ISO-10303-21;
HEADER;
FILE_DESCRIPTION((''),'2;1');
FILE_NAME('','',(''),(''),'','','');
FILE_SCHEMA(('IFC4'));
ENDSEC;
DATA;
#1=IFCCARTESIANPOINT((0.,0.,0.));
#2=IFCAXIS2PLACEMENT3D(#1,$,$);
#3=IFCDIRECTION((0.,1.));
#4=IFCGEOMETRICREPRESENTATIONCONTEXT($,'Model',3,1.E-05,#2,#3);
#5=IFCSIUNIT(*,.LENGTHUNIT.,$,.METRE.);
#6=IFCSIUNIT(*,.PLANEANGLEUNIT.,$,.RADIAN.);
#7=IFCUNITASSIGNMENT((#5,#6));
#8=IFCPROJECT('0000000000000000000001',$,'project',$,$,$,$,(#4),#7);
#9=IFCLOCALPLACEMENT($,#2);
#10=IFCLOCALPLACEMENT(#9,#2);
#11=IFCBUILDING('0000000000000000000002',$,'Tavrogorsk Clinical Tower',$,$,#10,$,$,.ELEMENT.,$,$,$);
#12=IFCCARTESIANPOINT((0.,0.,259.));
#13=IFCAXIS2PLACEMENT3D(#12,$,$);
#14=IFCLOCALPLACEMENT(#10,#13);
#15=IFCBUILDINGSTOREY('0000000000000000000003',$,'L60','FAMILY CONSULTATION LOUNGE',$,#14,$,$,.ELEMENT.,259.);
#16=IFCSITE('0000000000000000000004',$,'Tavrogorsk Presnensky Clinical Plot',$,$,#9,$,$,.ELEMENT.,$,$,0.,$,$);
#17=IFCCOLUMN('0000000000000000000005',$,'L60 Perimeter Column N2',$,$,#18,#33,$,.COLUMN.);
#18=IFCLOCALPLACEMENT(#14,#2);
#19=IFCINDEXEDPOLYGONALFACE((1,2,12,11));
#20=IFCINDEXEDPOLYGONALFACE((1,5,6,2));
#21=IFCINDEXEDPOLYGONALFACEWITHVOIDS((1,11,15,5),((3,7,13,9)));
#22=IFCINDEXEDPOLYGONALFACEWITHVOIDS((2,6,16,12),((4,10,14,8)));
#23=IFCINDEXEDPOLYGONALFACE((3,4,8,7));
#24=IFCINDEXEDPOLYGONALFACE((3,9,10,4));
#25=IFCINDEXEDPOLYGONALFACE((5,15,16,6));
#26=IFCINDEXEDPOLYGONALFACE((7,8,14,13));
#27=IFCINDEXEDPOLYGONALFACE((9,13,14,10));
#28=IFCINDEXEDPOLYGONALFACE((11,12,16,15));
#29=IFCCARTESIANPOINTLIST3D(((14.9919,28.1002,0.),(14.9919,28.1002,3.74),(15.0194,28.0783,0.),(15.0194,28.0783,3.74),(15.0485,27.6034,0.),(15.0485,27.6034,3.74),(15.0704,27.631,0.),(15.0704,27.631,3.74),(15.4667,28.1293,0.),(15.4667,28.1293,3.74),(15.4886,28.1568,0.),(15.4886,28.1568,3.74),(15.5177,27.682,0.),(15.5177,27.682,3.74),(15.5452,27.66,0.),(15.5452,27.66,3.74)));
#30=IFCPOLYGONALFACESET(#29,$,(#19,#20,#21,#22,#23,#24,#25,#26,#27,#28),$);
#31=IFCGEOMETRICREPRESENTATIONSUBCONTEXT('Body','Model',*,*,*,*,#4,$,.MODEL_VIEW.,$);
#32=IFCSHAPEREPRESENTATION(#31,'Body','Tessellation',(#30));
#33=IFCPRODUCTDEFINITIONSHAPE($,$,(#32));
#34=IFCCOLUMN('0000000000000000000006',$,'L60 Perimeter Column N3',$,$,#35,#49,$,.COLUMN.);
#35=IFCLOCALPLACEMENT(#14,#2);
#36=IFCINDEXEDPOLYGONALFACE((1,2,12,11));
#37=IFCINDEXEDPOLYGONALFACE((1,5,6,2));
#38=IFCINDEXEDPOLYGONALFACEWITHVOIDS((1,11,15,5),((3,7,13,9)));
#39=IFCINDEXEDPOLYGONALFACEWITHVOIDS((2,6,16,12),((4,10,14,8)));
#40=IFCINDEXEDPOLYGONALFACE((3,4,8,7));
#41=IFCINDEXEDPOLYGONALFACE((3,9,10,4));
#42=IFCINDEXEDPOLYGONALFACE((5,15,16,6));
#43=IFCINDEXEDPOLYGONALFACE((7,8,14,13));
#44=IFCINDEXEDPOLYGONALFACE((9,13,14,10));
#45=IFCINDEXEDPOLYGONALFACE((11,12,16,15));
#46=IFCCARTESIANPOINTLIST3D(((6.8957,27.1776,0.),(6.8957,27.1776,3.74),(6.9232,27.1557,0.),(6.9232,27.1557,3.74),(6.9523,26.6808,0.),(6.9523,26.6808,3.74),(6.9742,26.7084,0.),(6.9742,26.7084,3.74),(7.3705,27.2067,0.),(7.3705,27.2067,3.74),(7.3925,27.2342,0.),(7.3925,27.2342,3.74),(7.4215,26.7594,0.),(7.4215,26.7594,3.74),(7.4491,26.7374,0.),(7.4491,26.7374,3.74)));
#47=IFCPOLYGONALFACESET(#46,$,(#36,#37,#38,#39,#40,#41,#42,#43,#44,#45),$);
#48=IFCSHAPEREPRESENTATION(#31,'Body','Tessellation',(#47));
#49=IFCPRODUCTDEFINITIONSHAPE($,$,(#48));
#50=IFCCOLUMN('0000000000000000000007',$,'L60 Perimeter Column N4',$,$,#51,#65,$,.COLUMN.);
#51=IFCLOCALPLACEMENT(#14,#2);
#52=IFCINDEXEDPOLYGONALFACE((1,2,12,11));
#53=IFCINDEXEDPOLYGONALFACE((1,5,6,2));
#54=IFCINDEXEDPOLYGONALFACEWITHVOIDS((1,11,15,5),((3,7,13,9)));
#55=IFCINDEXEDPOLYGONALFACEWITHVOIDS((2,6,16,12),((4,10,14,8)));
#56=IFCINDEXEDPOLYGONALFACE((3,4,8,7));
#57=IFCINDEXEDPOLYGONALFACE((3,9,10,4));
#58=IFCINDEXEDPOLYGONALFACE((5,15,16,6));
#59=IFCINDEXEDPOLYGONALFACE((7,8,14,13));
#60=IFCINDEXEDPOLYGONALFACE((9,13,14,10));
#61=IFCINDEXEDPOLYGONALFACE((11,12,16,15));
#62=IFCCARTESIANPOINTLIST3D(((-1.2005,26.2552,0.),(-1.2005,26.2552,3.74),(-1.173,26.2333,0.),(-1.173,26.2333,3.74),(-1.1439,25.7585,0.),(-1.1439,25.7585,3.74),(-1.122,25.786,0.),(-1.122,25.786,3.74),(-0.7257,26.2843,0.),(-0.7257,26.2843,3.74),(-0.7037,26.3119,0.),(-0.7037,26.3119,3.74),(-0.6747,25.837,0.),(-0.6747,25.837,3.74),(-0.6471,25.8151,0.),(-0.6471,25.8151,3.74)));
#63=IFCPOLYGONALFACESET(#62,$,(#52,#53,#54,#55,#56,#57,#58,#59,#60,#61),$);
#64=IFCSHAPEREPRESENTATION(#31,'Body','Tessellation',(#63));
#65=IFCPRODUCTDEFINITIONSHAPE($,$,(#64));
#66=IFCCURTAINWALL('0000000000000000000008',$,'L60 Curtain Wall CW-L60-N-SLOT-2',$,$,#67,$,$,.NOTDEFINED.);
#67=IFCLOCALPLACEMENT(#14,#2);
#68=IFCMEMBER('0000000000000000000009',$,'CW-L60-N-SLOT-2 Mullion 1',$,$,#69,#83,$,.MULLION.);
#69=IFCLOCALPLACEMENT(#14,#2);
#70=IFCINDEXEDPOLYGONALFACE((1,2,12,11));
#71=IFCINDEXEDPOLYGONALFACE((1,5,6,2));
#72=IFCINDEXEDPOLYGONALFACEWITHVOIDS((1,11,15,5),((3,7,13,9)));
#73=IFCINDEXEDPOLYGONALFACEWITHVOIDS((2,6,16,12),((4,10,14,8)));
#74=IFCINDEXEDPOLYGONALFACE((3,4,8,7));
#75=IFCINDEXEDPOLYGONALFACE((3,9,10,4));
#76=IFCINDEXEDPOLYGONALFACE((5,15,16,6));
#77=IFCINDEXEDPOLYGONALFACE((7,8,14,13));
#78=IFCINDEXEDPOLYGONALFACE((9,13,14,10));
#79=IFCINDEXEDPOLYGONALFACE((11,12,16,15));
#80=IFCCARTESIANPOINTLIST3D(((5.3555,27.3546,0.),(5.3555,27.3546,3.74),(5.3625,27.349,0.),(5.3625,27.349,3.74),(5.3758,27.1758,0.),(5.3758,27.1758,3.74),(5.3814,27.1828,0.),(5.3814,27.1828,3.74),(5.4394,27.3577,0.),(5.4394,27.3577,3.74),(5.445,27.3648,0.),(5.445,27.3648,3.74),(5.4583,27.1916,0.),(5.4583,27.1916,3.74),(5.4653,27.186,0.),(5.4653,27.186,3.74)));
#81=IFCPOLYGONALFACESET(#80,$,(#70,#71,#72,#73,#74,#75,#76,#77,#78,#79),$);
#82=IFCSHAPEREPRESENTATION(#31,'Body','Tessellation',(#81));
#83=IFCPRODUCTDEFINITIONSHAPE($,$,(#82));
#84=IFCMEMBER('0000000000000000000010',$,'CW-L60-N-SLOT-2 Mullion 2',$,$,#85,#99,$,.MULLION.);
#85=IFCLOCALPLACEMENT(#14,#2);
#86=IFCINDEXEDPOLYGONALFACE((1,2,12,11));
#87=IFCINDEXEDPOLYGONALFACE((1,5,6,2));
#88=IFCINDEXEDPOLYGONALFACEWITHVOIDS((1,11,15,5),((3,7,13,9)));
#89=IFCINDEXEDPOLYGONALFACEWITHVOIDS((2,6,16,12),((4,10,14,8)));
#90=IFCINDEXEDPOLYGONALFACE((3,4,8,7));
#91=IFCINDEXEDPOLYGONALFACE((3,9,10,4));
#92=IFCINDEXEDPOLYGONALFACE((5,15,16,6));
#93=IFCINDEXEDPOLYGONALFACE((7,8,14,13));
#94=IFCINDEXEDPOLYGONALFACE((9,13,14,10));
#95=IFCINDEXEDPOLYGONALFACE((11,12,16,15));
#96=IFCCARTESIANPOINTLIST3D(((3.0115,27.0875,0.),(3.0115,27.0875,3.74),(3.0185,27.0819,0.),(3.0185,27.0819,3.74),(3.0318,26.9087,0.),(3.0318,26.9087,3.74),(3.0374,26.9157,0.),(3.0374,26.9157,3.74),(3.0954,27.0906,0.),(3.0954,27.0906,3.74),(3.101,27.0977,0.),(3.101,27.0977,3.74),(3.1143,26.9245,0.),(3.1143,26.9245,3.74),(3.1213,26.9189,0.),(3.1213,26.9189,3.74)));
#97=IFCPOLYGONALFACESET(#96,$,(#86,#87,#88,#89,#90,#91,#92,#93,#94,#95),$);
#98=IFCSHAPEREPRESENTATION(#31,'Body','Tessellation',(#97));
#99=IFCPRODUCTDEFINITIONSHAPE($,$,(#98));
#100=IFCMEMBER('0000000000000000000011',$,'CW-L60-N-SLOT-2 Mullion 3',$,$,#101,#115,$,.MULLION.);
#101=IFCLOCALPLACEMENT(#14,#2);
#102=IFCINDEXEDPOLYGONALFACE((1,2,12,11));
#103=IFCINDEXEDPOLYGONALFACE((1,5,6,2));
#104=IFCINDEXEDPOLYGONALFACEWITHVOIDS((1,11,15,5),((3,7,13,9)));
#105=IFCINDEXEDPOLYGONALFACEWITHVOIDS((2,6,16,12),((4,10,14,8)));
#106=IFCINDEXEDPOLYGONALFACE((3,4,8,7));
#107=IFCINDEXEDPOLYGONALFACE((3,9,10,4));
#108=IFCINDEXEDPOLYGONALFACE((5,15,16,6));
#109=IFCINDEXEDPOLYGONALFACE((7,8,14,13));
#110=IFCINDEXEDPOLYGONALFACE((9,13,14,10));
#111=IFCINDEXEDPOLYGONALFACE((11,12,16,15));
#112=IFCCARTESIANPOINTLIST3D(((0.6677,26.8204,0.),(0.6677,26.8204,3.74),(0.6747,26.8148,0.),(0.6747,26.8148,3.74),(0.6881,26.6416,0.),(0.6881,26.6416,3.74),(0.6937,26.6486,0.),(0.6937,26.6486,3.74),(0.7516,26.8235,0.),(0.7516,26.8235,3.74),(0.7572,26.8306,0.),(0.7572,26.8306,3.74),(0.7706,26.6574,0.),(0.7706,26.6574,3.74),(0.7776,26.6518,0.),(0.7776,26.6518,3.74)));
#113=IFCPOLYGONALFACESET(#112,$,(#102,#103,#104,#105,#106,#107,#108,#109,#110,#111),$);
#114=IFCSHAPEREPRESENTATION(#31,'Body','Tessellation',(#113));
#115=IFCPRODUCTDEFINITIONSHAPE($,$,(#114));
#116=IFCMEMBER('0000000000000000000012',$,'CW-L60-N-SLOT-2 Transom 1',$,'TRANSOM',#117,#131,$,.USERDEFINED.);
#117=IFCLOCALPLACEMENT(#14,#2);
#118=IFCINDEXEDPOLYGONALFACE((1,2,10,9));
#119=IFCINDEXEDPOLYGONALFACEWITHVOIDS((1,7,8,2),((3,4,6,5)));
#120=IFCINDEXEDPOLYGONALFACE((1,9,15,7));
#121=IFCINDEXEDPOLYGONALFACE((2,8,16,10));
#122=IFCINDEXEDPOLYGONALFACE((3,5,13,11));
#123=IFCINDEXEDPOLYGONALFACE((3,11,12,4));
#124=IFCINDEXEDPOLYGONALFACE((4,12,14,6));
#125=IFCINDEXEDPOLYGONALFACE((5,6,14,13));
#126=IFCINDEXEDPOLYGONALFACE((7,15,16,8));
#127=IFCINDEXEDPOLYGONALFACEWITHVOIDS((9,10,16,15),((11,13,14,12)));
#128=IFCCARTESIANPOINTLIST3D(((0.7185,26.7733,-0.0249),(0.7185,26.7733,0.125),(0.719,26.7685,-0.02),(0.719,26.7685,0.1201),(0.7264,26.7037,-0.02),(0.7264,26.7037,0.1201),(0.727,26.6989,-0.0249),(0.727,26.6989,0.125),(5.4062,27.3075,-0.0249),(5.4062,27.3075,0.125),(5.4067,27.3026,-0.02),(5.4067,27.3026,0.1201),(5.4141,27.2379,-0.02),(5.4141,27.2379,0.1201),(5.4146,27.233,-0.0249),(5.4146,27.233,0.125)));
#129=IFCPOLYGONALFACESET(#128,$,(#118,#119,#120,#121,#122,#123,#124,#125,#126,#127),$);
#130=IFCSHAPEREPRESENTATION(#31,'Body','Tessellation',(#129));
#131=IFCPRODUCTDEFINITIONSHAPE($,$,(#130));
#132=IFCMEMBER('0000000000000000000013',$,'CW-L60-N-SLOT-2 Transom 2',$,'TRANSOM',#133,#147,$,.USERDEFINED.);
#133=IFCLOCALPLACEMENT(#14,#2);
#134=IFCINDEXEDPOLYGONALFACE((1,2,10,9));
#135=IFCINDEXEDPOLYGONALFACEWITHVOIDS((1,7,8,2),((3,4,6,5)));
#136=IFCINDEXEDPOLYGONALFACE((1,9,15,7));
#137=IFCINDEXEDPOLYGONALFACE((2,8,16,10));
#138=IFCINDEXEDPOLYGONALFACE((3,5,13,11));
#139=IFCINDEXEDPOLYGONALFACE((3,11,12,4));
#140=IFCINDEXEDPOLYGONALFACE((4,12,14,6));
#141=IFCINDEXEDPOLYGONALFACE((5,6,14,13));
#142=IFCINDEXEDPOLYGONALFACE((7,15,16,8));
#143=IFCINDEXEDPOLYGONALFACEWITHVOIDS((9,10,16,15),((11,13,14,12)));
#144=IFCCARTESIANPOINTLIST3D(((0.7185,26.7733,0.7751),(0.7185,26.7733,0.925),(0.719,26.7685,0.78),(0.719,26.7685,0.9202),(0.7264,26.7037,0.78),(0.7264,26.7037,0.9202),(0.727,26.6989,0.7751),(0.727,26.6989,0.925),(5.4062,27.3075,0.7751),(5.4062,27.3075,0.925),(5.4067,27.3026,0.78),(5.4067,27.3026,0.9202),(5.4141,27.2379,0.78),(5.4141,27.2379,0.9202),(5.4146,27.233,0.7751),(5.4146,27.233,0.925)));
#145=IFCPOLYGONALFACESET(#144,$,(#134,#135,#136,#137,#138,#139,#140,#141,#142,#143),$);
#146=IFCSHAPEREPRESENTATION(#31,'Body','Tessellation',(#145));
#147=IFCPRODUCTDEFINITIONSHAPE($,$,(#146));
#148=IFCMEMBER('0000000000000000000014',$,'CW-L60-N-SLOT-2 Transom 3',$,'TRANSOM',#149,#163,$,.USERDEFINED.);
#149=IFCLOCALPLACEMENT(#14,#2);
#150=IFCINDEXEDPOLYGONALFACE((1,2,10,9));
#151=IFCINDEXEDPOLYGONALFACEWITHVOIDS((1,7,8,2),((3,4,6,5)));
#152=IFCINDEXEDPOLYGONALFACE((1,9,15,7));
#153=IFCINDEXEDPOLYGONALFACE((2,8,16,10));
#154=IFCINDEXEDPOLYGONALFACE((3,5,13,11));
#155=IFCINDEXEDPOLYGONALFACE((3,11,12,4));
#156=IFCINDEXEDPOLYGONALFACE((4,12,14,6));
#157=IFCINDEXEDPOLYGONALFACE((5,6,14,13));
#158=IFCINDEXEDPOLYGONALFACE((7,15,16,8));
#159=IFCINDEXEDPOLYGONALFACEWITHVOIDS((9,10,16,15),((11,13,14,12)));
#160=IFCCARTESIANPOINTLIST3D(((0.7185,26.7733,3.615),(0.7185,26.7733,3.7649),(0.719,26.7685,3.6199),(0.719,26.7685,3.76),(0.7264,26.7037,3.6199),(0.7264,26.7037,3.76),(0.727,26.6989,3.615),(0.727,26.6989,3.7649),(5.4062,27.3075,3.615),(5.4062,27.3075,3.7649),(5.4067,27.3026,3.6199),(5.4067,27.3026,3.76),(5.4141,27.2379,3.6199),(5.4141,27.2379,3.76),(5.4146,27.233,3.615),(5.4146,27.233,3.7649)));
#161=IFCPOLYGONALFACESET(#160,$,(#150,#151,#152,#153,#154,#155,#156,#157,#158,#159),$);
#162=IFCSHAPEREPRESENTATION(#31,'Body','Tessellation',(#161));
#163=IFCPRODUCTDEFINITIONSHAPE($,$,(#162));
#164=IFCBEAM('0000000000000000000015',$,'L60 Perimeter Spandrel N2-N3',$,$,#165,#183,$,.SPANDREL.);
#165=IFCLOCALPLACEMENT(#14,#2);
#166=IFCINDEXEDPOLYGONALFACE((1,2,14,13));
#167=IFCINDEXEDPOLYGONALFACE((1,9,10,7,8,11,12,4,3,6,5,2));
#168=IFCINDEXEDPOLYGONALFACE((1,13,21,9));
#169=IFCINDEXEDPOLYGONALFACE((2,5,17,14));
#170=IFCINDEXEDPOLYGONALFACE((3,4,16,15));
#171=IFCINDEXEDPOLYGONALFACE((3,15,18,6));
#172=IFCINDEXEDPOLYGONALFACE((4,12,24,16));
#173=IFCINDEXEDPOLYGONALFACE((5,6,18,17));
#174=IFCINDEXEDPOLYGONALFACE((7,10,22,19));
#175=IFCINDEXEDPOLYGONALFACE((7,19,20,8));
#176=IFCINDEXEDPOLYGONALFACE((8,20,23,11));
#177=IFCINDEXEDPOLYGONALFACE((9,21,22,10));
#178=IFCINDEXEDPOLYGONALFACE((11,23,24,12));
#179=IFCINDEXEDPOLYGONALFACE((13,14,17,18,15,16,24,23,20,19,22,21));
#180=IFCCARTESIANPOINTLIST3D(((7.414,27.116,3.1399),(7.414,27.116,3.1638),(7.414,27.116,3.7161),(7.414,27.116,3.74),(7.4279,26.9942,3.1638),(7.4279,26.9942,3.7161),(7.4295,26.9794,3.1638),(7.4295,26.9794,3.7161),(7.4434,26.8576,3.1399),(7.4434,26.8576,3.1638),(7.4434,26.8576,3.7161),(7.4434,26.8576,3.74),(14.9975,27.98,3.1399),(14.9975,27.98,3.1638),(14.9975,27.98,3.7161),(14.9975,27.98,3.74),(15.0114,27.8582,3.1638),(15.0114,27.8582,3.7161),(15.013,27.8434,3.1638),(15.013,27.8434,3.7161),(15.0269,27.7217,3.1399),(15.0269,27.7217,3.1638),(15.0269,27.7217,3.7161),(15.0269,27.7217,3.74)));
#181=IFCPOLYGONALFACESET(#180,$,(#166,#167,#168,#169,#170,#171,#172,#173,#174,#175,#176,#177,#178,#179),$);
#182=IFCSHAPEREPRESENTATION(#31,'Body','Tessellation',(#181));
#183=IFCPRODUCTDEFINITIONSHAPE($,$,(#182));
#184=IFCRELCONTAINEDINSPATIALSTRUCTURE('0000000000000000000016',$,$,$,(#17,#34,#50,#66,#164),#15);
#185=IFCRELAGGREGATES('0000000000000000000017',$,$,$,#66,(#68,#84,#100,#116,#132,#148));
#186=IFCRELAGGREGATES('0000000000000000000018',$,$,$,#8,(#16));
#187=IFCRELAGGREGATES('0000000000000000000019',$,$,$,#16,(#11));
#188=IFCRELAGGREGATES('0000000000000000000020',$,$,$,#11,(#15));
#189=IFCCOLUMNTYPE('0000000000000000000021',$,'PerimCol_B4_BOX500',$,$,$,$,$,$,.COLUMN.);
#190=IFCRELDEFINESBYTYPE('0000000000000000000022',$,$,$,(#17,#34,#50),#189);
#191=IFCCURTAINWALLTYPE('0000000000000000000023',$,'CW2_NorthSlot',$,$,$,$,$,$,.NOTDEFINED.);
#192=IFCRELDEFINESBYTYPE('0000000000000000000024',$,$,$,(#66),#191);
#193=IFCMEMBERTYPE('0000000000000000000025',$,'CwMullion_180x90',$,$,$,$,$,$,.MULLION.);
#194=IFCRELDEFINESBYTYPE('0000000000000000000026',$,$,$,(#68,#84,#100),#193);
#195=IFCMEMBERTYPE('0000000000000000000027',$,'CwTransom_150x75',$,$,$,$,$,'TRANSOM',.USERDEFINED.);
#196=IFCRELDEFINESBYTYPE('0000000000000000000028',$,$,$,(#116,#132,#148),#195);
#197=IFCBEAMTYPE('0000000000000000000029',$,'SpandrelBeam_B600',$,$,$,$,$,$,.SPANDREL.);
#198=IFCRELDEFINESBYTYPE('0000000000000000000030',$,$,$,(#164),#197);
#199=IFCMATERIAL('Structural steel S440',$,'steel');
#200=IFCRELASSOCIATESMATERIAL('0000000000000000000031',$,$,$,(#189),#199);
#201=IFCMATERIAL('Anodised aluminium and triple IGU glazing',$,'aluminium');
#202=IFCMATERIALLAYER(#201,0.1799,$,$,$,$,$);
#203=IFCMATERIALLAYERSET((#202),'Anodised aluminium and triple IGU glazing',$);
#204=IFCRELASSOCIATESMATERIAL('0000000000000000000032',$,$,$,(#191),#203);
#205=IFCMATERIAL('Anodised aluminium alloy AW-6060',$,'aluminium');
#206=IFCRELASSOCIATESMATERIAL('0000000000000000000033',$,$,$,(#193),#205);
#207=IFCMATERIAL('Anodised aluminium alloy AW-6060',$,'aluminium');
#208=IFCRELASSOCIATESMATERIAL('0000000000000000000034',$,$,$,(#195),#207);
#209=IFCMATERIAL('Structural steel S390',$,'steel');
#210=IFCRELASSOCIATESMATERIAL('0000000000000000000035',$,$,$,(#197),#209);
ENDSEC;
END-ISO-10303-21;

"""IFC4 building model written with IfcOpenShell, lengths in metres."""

from ifc_helpers import new_model, si_unit, direction, frame, origin, origin_2d, place, context, subcontext, project, spatial, hollow_rectangle, i_section, extrude, material, layer, layer_set, material_profile, profile_set, type_object, element, aggregate, save


model = new_model("IFC4")

# Units and contexts
model_context = context("Model", 3, precision=1e-05, world=origin(), true_north=direction((0.0, 1.0)))
body_context = subcontext(model_context, "Body", "Model", "MODEL_VIEW")
ifc_project = project(units=[si_unit("LENGTHUNIT", "METRE"), si_unit("PLANEANGLEUNIT", "RADIAN")], contexts=[model_context])

# Site, building, storey
site_placement = place(None, origin())
site = spatial("IfcSite", under=ifc_project, at=site_placement, Name="Tavrogorsk Presnensky Clinical Plot", CompositionType="ELEMENT", RefElevation=0.0)
building_placement = place(site_placement, origin())
building = spatial("IfcBuilding", under=site, at=building_placement, Name="Tavrogorsk Clinical Tower", CompositionType="ELEMENT")
storey_placement = place(building_placement, frame((0.0, 0.0, 259.0)))
storey = spatial("IfcBuildingStorey", under=building, at=storey_placement, Name="L60", Description="FAMILY CONSULTATION LOUNGE", CompositionType="ELEMENT", Elevation=259.0)

# Columns
ifc_material_1 = material(Name="Structural steel S440", Category="steel")
ifc_material_profile_1 = material_profile(ifc_material_1, hollow_rectangle(XDim=0.5, YDim=0.5, WallThickness=0.0249, at=origin_2d()), Name="BOX-500x500x25")
ifc_profile_set_1 = profile_set([ifc_material_profile_1], Name="Structural steel S440")
column_type = type_object("IfcColumnType", Name="PerimCol_B4_BOX500", PredefinedType="COLUMN", material=ifc_profile_set_1)
for number, where, z_axis, x_axis, name in (
    (1, (15.2686, 27.8801, 0.0), (0.0, 0.0, 1.0), (0.993572, 0.113203, 0.0), "L60 Perimeter Column N2"),
    (2, (7.1724, 26.9575, 0.0), (0.0, 0.0, 1.0), (0.993572, 0.113203, 0.0), "L60 Perimeter Column N3"),
    (3, (-0.9238, 26.0352, 0.0), (0.0, 0.0, 1.0), (0.993572, 0.113203, 0.0), "L60 Perimeter Column N4"),
):
    element("IfcColumn", number, at=place(storey_placement, frame(where, z_axis=z_axis, x_axis=x_axis)), inside=storey, type_object=column_type, Name=name, PredefinedType="COLUMN", context=body_context, shape_type="SweptSolid", body=[
        extrude(hollow_rectangle(XDim=0.5, YDim=0.5, WallThickness=0.0249, at=origin_2d()), origin(), (0.0, 0.0, 1.0), 3.74),
    ])

# Curtain wall, members
ifc_material_2 = material(Name="Anodised aluminium and triple IGU glazing", Category="aluminium")
ifc_layer_1 = layer(ifc_material_2, 0.1799)
ifc_layer_set_1 = layer_set([ifc_layer_1], Name="Anodised aluminium and triple IGU glazing")
curtain_wall_type = type_object("IfcCurtainWallType", Name="CW2_NorthSlot", PredefinedType="NOTDEFINED", material=ifc_layer_set_1)
curtain_wall_placement = place(storey_placement, origin())
curtain_wall = element("IfcCurtainWall", 4, at=curtain_wall_placement, inside=storey, type_object=curtain_wall_type, Name="L60 Curtain Wall CW-L60-N-SLOT-2", PredefinedType="NOTDEFINED")
ifc_material_3 = material(Name="Anodised aluminium alloy AW-6060", Category="aluminium")
ifc_material_profile_2 = material_profile(ifc_material_3, hollow_rectangle(XDim=0.0901, YDim=0.1799, WallThickness=0.0063, at=origin_2d()), Name="RHS-180x90x6.3")
ifc_profile_set_2 = profile_set([ifc_material_profile_2], Name="Anodised aluminium alloy AW-6060")
member_type_1 = type_object("IfcMemberType", Name="CwMullion_180x90", PredefinedType="MULLION", material=ifc_profile_set_2)
member_1_placement = place(storey_placement, frame((5.4104, 27.2703, 0.0), z_axis=(0.0, 0.0, 1.0), x_axis=(-0.993572, -0.113203, 0.0)))
member_1 = element("IfcMember", 5, at=member_1_placement, type_object=member_type_1, Name="CW-L60-N-SLOT-2 Mullion 1", PredefinedType="MULLION", context=body_context, shape_type="SweptSolid", body=[
    extrude(hollow_rectangle(XDim=0.0901, YDim=0.1799, WallThickness=0.0063, at=origin_2d()), origin(), (0.0, 0.0, 1.0), 3.74),
])
member_2_placement = place(storey_placement, frame((3.0664, 27.0032, 0.0), z_axis=(0.0, 0.0, 1.0), x_axis=(-0.993572, -0.113203, 0.0)))
member_2 = element("IfcMember", 6, at=member_2_placement, type_object=member_type_1, Name="CW-L60-N-SLOT-2 Mullion 2", PredefinedType="MULLION", context=body_context, shape_type="SweptSolid", body=[
    extrude(hollow_rectangle(XDim=0.0901, YDim=0.1799, WallThickness=0.0063, at=origin_2d()), origin(), (0.0, 0.0, 1.0), 3.74),
])
member_3_placement = place(storey_placement, frame((0.7227, 26.7361, 0.0), z_axis=(0.0, 0.0, 1.0), x_axis=(-0.993572, -0.113203, 0.0)))
member_3 = element("IfcMember", 7, at=member_3_placement, type_object=member_type_1, Name="CW-L60-N-SLOT-2 Mullion 3", PredefinedType="MULLION", context=body_context, shape_type="SweptSolid", body=[
    extrude(hollow_rectangle(XDim=0.0901, YDim=0.1799, WallThickness=0.0063, at=origin_2d()), origin(), (0.0, 0.0, 1.0), 3.74),
])
ifc_material_4 = material(Name="Anodised aluminium alloy AW-6060", Category="aluminium")
ifc_material_profile_3 = material_profile(ifc_material_4, hollow_rectangle(XDim=0.075, YDim=0.1499, WallThickness=0.0049, at=origin_2d()), Name="RHS-150x75x5")
ifc_profile_set_3 = profile_set([ifc_material_profile_3], Name="Anodised aluminium alloy AW-6060")
member_type_2 = type_object("IfcMemberType", Name="CwTransom_150x75", ElementType="TRANSOM", PredefinedType="USERDEFINED", material=ifc_profile_set_3)
member_4_placement = place(storey_placement, frame((5.4104, 27.2703, 0.05), z_axis=(-0.99357, -0.11322, 0.0), x_axis=(0.11322, -0.99357, 0.0)))
member_4 = element("IfcMember", 8, at=member_4_placement, type_object=member_type_2, Name="CW-L60-N-SLOT-2 Transom 1", ObjectType="TRANSOM", PredefinedType="USERDEFINED", context=body_context, shape_type="SweptSolid", body=[
    extrude(hollow_rectangle(XDim=0.075, YDim=0.1499, WallThickness=0.0049, at=origin_2d()), origin(), (0.0, 0.0, 1.0), 4.718),
])
member_5_placement = place(storey_placement, frame((5.4104, 27.2703, 0.8501), z_axis=(-0.99357, -0.11322, 0.0), x_axis=(0.11322, -0.99357, 0.0)))
member_5 = element("IfcMember", 9, at=member_5_placement, type_object=member_type_2, Name="CW-L60-N-SLOT-2 Transom 2", ObjectType="TRANSOM", PredefinedType="USERDEFINED", context=body_context, shape_type="SweptSolid", body=[
    extrude(hollow_rectangle(XDim=0.075, YDim=0.1499, WallThickness=0.0049, at=origin_2d()), origin(), (0.0, 0.0, 1.0), 4.718),
])
member_6_placement = place(storey_placement, frame((5.4104, 27.2703, 3.6899), z_axis=(-0.99357, -0.11322, 0.0), x_axis=(0.11322, -0.99357, 0.0)))
member_6 = element("IfcMember", 10, at=member_6_placement, type_object=member_type_2, Name="CW-L60-N-SLOT-2 Transom 3", ObjectType="TRANSOM", PredefinedType="USERDEFINED", context=body_context, shape_type="SweptSolid", body=[
    extrude(hollow_rectangle(XDim=0.075, YDim=0.1499, WallThickness=0.0049, at=origin_2d()), origin(), (0.0, 0.0, 1.0), 4.718),
])

# Beam
ifc_material_5 = material(Name="Structural steel S390", Category="steel")
ifc_material_profile_4 = material_profile(ifc_material_5, i_section(OverallWidth=0.26, OverallDepth=0.6001, WebThickness=0.0149, FlangeThickness=0.0239, at=origin_2d()), Name="B-600x260x15x24")
ifc_profile_set_4 = profile_set([ifc_material_profile_4], Name="Structural steel S390")
beam_type = type_object("IfcBeamType", Name="SpandrelBeam_B600", PredefinedType="SPANDREL", material=ifc_profile_set_4)
for number, where, z_axis, x_axis, name in (
    (11, (15.0122, 27.8508, 3.4399), (-0.993572, -0.113201, 0.0), (0.113201, -0.993572, 0.0), "L60 Perimeter Spandrel N2-N3"),
):
    element("IfcBeam", number, at=place(storey_placement, frame(where, z_axis=z_axis, x_axis=x_axis)), inside=storey, type_object=beam_type, Name=name, PredefinedType="SPANDREL", context=body_context, shape_type="SweptSolid", body=[
        extrude(i_section(OverallWidth=0.26, OverallDepth=0.6001, WebThickness=0.0149, FlangeThickness=0.0239, at=origin_2d()), origin(), (0.0, 0.0, 1.0), 7.6326),
    ])

aggregate(curtain_wall, [member_1, member_2, member_3, member_4, member_5, member_6])

save(model, "model.ifc")
